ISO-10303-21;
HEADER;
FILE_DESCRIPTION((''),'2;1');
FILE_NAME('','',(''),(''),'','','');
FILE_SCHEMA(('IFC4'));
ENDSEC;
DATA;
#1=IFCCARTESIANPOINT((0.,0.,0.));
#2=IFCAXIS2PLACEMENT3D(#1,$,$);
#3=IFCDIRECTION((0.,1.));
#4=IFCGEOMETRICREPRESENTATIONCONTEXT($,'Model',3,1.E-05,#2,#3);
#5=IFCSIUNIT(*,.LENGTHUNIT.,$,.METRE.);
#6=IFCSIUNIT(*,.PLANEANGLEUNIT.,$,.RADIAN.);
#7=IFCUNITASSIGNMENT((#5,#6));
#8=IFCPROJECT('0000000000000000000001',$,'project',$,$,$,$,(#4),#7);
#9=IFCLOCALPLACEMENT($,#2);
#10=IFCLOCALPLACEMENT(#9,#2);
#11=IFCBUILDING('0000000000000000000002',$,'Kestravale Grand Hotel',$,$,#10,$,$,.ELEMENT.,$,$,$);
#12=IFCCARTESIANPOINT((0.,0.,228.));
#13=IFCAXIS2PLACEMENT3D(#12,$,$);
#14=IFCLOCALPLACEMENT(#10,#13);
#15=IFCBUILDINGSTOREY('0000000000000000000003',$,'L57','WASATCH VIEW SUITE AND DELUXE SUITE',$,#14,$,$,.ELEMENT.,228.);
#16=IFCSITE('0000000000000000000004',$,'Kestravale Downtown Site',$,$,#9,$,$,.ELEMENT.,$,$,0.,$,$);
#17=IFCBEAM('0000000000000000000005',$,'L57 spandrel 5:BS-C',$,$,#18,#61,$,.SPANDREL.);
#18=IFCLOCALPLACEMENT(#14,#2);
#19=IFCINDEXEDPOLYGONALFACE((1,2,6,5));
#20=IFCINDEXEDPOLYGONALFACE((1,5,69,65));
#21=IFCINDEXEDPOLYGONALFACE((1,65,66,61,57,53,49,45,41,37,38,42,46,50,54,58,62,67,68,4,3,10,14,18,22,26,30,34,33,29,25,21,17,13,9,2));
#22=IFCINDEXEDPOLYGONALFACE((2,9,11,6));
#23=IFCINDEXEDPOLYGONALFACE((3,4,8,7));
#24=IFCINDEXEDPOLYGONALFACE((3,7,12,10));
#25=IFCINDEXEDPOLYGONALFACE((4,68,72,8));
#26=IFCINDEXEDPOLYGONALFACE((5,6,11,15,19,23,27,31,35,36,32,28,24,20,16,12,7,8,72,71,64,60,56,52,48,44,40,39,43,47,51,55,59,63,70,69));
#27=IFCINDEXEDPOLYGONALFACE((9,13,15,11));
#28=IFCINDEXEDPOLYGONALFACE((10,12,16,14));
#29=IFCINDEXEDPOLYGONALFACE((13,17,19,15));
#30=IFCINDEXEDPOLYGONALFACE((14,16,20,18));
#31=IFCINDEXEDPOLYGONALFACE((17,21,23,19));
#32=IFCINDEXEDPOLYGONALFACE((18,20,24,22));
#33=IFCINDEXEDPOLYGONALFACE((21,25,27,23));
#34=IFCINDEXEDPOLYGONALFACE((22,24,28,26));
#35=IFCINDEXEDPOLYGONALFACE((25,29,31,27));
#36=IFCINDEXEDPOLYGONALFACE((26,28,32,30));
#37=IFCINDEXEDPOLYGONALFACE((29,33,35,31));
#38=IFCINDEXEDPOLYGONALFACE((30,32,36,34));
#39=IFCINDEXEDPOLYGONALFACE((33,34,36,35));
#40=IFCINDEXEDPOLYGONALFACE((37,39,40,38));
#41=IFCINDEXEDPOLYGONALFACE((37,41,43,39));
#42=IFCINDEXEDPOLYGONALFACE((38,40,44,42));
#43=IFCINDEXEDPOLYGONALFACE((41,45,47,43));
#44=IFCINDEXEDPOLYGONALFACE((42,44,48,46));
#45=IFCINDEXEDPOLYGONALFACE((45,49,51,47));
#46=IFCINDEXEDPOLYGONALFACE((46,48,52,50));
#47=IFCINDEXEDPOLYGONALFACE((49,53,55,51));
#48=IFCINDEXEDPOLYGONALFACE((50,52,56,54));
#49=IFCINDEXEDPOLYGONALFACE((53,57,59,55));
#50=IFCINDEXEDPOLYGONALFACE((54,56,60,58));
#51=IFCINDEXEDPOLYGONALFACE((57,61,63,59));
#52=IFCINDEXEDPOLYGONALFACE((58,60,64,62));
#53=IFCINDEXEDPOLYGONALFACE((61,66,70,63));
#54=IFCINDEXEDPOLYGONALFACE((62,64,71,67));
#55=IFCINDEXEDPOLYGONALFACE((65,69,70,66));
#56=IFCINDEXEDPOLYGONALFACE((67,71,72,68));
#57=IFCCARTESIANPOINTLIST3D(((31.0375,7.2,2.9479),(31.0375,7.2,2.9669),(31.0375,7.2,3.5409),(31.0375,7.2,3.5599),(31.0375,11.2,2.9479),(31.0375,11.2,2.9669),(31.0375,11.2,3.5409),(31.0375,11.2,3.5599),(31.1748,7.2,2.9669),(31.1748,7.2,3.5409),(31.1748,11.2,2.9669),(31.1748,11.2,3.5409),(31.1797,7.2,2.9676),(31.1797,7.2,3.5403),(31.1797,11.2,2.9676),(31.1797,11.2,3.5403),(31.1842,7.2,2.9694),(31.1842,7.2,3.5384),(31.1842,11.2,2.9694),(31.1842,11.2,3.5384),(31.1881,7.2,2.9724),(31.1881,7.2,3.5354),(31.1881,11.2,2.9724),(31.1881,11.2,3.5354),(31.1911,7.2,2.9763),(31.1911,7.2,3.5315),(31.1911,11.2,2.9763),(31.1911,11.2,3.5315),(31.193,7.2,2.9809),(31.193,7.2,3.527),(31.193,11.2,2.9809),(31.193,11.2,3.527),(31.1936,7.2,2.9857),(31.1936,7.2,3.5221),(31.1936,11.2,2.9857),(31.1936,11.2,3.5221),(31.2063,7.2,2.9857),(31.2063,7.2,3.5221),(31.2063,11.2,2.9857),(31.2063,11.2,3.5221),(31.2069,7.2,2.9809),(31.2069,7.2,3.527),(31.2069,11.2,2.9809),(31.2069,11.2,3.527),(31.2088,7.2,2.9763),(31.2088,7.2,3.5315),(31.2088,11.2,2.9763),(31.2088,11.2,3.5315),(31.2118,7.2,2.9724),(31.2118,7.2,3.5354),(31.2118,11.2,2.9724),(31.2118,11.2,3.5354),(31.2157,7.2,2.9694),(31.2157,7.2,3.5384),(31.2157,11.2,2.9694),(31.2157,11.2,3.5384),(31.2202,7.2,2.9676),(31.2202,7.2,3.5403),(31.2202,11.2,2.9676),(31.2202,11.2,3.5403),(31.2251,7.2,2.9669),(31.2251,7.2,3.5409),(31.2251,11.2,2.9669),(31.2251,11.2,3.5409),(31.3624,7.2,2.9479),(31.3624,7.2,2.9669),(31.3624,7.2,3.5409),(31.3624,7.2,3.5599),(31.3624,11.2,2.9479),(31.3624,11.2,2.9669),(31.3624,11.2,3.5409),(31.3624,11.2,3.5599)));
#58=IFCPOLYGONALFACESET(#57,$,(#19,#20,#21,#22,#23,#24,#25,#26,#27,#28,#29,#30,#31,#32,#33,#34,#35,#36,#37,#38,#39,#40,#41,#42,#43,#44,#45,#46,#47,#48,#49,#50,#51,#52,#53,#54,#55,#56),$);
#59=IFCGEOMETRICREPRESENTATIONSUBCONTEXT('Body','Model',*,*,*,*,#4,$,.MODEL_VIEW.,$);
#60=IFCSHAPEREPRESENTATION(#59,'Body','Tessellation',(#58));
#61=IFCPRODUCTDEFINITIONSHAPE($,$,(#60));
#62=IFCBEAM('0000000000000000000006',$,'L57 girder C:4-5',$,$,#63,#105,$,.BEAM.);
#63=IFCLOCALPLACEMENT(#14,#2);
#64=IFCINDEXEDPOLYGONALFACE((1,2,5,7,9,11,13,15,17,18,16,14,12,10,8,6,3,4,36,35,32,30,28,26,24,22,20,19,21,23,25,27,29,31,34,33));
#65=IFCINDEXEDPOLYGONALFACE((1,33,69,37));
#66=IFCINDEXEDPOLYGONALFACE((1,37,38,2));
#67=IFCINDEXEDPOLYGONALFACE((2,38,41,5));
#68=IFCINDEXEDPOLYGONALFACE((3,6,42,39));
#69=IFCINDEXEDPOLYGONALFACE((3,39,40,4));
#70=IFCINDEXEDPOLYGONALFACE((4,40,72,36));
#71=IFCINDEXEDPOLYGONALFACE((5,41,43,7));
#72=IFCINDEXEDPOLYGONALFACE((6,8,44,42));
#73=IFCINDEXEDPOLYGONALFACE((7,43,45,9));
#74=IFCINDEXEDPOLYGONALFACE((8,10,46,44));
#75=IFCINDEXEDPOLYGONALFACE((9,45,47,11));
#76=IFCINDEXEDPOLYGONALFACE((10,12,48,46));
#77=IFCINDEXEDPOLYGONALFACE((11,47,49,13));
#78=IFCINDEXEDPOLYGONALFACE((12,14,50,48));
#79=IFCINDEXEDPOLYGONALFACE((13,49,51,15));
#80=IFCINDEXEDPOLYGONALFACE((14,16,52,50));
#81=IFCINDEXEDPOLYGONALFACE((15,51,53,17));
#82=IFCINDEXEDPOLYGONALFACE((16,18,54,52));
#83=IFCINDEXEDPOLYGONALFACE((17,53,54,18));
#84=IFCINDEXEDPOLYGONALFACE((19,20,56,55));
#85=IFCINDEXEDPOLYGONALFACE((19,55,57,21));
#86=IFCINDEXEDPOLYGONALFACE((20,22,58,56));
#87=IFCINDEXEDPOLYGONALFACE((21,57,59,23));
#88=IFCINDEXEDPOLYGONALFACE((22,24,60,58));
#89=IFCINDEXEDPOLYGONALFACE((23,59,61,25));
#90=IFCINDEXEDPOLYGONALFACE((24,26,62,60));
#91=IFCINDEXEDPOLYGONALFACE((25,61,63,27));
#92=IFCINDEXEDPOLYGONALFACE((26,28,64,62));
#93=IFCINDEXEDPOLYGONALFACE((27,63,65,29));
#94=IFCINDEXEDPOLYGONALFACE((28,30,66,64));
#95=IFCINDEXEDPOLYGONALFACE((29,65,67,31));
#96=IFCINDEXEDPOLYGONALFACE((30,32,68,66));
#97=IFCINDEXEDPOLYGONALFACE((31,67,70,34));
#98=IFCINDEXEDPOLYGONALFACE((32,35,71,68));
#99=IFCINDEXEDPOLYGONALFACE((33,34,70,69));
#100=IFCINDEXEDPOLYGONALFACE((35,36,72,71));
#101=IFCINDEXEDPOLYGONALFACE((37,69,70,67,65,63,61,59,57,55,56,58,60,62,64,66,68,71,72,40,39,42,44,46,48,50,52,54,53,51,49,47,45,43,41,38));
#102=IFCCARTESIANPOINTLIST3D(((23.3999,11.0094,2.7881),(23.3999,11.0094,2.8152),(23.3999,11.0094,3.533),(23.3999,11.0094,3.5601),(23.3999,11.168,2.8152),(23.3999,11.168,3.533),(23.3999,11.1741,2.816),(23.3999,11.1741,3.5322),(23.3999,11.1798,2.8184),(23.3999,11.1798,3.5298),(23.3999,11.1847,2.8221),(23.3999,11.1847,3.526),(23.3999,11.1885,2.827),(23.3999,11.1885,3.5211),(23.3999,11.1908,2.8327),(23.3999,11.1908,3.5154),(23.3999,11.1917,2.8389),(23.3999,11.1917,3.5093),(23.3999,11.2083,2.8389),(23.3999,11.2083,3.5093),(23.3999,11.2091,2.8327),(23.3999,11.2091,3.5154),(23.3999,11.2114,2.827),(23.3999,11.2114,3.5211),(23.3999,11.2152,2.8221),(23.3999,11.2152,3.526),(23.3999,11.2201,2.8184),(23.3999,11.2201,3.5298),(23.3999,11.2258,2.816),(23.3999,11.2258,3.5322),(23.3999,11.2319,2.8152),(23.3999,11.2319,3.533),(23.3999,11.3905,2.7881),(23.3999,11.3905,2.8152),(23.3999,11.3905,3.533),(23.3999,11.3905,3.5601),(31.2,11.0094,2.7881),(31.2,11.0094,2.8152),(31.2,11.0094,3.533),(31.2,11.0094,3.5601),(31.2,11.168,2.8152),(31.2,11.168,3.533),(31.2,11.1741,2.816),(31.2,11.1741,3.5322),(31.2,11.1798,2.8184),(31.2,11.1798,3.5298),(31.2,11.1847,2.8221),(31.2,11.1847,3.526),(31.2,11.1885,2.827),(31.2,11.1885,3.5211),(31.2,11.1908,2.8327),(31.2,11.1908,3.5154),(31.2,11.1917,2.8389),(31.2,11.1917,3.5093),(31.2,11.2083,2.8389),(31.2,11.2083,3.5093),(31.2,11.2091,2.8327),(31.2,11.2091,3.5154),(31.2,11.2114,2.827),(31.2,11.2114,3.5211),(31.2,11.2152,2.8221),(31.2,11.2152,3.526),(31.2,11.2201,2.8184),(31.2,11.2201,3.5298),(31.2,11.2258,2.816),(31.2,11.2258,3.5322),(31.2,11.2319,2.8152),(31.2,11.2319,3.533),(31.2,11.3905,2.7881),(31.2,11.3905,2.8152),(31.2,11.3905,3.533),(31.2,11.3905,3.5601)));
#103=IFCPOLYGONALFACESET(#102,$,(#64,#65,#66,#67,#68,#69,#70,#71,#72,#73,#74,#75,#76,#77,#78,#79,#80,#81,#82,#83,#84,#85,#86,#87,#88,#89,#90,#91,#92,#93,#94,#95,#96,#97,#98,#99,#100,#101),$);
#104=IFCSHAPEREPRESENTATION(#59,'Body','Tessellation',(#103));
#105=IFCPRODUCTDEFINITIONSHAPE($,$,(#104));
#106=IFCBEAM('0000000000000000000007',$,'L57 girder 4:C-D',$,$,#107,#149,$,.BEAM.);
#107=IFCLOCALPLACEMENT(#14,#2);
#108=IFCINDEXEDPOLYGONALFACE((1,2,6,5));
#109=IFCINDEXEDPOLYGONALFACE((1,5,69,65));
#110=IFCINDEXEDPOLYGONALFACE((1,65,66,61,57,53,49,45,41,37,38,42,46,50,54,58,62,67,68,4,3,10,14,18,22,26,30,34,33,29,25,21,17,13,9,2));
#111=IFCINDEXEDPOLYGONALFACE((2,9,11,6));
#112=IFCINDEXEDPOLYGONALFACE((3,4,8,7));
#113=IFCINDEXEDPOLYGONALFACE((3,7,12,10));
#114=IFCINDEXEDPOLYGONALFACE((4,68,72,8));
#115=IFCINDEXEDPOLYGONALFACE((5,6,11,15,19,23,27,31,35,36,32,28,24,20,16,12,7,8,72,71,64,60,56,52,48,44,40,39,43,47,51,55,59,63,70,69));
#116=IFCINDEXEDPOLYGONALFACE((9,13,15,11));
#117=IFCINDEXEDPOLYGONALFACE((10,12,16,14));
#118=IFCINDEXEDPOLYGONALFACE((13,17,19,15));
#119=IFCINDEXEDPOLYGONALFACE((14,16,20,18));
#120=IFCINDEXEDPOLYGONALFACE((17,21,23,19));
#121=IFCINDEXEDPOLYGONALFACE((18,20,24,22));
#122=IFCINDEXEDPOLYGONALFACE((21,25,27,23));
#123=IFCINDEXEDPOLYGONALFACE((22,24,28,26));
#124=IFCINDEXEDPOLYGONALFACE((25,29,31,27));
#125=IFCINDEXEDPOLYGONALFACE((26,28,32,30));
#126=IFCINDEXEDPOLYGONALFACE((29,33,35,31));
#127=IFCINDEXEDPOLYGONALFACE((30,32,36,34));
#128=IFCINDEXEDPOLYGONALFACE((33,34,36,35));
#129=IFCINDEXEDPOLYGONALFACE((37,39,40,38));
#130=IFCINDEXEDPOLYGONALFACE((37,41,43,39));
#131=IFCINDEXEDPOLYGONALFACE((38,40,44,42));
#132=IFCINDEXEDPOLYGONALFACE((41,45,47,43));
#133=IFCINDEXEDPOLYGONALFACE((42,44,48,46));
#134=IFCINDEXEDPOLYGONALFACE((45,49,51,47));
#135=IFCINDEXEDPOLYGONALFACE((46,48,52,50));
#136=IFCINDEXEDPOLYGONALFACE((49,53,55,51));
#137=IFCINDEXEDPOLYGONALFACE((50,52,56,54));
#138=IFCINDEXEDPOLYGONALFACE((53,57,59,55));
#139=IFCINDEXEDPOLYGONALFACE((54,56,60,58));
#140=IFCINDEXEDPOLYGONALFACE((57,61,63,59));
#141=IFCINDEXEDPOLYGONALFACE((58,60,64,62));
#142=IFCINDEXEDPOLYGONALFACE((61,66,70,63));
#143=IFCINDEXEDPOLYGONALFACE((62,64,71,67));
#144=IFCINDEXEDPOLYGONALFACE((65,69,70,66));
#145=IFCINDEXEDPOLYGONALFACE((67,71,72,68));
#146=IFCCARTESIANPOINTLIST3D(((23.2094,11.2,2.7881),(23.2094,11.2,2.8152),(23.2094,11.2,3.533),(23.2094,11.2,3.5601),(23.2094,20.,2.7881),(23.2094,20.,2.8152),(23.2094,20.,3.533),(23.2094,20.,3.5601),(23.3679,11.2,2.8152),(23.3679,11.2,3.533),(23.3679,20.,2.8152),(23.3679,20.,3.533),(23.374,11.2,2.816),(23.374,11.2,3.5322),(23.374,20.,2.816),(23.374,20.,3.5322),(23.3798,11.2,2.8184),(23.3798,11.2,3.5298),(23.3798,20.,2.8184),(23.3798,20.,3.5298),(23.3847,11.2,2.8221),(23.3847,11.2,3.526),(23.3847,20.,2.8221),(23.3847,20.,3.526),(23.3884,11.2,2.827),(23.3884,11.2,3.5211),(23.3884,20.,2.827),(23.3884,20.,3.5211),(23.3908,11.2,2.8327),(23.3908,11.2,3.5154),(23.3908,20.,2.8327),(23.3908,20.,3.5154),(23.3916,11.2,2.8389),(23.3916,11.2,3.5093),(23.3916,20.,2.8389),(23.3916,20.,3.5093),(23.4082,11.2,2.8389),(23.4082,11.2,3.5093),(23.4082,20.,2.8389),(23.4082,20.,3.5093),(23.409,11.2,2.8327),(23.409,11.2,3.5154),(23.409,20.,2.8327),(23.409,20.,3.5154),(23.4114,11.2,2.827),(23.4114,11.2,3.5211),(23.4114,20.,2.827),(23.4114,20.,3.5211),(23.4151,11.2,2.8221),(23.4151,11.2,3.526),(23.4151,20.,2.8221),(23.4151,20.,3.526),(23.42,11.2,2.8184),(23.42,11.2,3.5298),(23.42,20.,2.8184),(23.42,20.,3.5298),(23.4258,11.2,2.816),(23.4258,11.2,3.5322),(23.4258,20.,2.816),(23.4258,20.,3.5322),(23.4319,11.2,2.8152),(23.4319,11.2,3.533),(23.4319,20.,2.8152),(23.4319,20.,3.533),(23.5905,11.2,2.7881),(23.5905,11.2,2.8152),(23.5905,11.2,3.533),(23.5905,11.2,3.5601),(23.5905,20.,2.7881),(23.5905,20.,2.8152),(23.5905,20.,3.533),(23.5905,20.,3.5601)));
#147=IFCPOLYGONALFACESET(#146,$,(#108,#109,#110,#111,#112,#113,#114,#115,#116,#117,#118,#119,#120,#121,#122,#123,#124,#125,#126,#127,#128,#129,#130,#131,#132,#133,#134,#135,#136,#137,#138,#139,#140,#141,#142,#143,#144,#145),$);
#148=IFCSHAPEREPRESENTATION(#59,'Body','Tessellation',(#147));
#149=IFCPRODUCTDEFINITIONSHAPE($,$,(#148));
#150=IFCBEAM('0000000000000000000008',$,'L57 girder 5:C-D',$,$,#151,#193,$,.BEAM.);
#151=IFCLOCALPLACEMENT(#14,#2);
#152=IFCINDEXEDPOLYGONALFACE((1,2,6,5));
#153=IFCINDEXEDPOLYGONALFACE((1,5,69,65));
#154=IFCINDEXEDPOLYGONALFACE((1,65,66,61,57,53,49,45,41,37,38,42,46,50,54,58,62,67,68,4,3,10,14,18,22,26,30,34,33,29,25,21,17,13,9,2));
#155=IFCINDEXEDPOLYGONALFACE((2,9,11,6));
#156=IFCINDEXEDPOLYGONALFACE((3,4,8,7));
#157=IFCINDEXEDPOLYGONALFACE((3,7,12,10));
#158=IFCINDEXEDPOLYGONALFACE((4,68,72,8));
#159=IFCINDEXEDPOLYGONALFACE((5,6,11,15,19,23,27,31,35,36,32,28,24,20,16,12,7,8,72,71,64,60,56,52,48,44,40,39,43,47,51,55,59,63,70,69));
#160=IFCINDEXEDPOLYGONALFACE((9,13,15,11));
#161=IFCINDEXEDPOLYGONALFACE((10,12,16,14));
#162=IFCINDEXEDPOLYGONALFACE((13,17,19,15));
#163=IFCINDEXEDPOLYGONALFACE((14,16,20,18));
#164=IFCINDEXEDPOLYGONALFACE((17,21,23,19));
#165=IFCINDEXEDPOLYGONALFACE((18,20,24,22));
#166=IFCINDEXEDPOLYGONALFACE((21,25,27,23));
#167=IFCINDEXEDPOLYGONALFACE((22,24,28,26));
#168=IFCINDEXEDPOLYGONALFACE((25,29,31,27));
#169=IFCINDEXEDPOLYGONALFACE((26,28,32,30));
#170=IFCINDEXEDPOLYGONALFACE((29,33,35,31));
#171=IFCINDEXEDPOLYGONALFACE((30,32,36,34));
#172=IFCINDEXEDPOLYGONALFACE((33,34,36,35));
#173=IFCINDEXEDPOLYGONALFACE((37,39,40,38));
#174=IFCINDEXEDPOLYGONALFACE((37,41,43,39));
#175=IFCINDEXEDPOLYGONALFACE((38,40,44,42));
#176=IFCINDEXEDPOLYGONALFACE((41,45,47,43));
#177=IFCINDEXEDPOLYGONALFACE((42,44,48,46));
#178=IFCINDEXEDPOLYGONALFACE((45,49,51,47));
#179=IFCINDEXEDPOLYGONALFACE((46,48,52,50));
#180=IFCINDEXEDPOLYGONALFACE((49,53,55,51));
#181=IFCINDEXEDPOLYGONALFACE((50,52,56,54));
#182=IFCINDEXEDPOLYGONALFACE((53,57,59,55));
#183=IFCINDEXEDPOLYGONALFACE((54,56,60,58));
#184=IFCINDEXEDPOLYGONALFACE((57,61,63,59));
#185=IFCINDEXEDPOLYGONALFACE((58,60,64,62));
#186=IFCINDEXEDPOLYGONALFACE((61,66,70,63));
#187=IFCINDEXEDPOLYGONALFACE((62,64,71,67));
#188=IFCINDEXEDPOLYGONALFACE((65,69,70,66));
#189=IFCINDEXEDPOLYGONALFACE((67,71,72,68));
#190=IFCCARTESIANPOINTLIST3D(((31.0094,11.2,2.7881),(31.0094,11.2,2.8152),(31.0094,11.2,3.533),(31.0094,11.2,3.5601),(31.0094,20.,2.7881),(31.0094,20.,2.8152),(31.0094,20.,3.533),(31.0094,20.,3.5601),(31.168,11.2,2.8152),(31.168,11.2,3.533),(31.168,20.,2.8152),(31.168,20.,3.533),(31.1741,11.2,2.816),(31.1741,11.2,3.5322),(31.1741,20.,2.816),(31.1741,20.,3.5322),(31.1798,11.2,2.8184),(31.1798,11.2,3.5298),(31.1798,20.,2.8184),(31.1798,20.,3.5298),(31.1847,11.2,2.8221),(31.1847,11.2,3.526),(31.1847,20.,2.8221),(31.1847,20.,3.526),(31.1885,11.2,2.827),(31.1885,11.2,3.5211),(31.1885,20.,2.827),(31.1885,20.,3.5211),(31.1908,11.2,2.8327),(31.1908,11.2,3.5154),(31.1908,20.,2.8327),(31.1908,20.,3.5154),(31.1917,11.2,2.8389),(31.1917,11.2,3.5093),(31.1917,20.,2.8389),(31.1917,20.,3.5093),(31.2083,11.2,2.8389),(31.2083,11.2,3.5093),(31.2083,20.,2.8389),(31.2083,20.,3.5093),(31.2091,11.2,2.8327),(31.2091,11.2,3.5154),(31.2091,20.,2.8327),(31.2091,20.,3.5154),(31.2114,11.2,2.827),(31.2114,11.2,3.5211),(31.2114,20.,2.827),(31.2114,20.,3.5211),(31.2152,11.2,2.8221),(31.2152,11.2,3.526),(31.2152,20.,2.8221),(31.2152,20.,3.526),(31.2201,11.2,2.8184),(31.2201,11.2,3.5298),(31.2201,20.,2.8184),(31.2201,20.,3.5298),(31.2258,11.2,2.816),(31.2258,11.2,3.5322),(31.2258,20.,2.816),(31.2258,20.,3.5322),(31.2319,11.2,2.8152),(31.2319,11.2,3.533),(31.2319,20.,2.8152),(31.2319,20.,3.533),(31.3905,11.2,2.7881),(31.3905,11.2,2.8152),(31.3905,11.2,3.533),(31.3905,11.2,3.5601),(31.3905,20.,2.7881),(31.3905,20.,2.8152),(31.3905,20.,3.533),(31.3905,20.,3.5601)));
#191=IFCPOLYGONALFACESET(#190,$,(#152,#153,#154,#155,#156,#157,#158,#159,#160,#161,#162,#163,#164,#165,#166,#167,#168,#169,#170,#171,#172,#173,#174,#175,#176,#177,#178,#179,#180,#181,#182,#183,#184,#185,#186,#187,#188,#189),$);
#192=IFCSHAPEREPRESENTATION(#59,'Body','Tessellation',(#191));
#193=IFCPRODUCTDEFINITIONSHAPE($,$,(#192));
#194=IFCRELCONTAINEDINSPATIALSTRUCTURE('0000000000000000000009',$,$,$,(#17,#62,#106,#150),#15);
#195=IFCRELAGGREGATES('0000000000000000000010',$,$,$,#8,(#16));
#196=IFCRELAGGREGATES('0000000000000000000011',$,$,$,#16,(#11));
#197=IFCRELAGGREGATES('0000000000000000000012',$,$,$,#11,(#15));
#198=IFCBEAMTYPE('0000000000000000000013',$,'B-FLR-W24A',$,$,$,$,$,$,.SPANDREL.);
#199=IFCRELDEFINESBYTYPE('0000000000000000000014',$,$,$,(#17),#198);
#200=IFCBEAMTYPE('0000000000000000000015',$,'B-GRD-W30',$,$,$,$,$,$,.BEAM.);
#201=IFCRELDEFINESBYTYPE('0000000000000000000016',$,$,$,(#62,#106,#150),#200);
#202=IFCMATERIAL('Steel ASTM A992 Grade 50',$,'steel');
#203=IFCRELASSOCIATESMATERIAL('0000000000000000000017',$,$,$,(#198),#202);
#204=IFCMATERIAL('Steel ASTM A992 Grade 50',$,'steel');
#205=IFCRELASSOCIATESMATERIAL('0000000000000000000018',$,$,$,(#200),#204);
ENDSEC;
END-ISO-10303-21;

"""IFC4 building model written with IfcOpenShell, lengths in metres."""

from ifc_helpers import new_model, si_unit, direction, frame, origin, origin_2d, place, context, subcontext, project, spatial, i_section, extrude, material, material_profile, profile_set, type_object, element, save


model = new_model("IFC4")

# Units and contexts
model_context = context("Model", 3, precision=1e-05, world=origin(), true_north=direction((0.0, 1.0)))
body_context = subcontext(model_context, "Body", "Model", "MODEL_VIEW")
ifc_project = project(units=[si_unit("LENGTHUNIT", "METRE"), si_unit("PLANEANGLEUNIT", "RADIAN")], contexts=[model_context])

# Site, building, storey
site_placement = place(None, origin())
site = spatial("IfcSite", under=ifc_project, at=site_placement, Name="Kestravale Downtown Site", CompositionType="ELEMENT", RefElevation=0.0)
building_placement = place(site_placement, origin())
building = spatial("IfcBuilding", under=site, at=building_placement, Name="Kestravale Grand Hotel", CompositionType="ELEMENT")
storey_placement = place(building_placement, frame((0.0, 0.0, 228.0)))
storey = spatial("IfcBuildingStorey", under=building, at=storey_placement, Name="L57", Description="WASATCH VIEW SUITE AND DELUXE SUITE", CompositionType="ELEMENT", Elevation=228.0)

# Beams
ifc_material_1 = material(Name="Steel ASTM A992 Grade 50", Category="steel")
ifc_material_profile_1 = material_profile(ifc_material_1, i_section(OverallWidth=0.325, OverallDepth=0.6121, WebThickness=0.0127, FlangeThickness=0.019, FilletRadius=0.0188, at=origin_2d()))
ifc_profile_set_1 = profile_set([ifc_material_profile_1], Name="Steel ASTM A992 Grade 50")
beam_type_1 = type_object("IfcBeamType", Name="B-FLR-W24A", PredefinedType="SPANDREL", material=ifc_profile_set_1)
for number, where, z_axis, x_axis, name in (
    (1, (31.2, 7.2, 3.2539), (0.0, 1.0, 0.0), (-1.0, 0.0, 0.0), "L57 spandrel 5:BS-C"),
):
    element("IfcBeam", number, at=place(storey_placement, frame(where, z_axis=z_axis, x_axis=x_axis)), inside=storey, type_object=beam_type_1, Name=name, PredefinedType="SPANDREL", context=body_context, shape_type="SweptSolid", body=[
        extrude(i_section(OverallWidth=0.325, OverallDepth=0.6121, WebThickness=0.0127, FlangeThickness=0.019, FilletRadius=0.0188, at=origin_2d()), origin(), (0.0, 0.0, 1.0), 4.0),
    ])
ifc_material_2 = material(Name="Steel ASTM A992 Grade 50", Category="steel")
ifc_material_profile_2 = material_profile(ifc_material_2, i_section(OverallWidth=0.3811, OverallDepth=0.772, WebThickness=0.0166, FlangeThickness=0.0271, FilletRadius=0.0237, at=origin_2d()))
ifc_profile_set_2 = profile_set([ifc_material_profile_2], Name="Steel ASTM A992 Grade 50")
beam_type_2 = type_object("IfcBeamType", Name="B-GRD-W30", PredefinedType="BEAM", material=ifc_profile_set_2)
beam_1_placement = place(storey_placement, frame((23.3999, 11.2, 3.1741), z_axis=(1.0, 0.0, 0.0), x_axis=(0.0, 1.0, 0.0)))
element("IfcBeam", 2, at=beam_1_placement, inside=storey, type_object=beam_type_2, Name="L57 girder C:4-5", PredefinedType="BEAM", context=body_context, shape_type="SweptSolid", body=[
    extrude(i_section(OverallWidth=0.3811, OverallDepth=0.772, WebThickness=0.0166, FlangeThickness=0.0271, FilletRadius=0.0237, at=origin_2d()), origin(), (0.0, 0.0, 1.0), 7.8),
])
for number, where, z_axis, x_axis, name in (
    (3, (23.3999, 11.2, 3.1741), (0.0, 1.0, 0.0), (-1.0, 0.0, 0.0), "L57 girder 4:C-D"),
    (4, (31.2, 11.2, 3.1741), (0.0, 1.0, 0.0), (-1.0, 0.0, 0.0), "L57 girder 5:C-D"),
):
    element("IfcBeam", number, at=place(storey_placement, frame(where, z_axis=z_axis, x_axis=x_axis)), inside=storey, type_object=beam_type_2, Name=name, PredefinedType="BEAM", context=body_context, shape_type="SweptSolid", body=[
        extrude(i_section(OverallWidth=0.3811, OverallDepth=0.772, WebThickness=0.0166, FlangeThickness=0.0271, FilletRadius=0.0237, at=origin_2d()), origin(), (0.0, 0.0, 1.0), 8.8),
    ])

save(model, "model.ifc")
